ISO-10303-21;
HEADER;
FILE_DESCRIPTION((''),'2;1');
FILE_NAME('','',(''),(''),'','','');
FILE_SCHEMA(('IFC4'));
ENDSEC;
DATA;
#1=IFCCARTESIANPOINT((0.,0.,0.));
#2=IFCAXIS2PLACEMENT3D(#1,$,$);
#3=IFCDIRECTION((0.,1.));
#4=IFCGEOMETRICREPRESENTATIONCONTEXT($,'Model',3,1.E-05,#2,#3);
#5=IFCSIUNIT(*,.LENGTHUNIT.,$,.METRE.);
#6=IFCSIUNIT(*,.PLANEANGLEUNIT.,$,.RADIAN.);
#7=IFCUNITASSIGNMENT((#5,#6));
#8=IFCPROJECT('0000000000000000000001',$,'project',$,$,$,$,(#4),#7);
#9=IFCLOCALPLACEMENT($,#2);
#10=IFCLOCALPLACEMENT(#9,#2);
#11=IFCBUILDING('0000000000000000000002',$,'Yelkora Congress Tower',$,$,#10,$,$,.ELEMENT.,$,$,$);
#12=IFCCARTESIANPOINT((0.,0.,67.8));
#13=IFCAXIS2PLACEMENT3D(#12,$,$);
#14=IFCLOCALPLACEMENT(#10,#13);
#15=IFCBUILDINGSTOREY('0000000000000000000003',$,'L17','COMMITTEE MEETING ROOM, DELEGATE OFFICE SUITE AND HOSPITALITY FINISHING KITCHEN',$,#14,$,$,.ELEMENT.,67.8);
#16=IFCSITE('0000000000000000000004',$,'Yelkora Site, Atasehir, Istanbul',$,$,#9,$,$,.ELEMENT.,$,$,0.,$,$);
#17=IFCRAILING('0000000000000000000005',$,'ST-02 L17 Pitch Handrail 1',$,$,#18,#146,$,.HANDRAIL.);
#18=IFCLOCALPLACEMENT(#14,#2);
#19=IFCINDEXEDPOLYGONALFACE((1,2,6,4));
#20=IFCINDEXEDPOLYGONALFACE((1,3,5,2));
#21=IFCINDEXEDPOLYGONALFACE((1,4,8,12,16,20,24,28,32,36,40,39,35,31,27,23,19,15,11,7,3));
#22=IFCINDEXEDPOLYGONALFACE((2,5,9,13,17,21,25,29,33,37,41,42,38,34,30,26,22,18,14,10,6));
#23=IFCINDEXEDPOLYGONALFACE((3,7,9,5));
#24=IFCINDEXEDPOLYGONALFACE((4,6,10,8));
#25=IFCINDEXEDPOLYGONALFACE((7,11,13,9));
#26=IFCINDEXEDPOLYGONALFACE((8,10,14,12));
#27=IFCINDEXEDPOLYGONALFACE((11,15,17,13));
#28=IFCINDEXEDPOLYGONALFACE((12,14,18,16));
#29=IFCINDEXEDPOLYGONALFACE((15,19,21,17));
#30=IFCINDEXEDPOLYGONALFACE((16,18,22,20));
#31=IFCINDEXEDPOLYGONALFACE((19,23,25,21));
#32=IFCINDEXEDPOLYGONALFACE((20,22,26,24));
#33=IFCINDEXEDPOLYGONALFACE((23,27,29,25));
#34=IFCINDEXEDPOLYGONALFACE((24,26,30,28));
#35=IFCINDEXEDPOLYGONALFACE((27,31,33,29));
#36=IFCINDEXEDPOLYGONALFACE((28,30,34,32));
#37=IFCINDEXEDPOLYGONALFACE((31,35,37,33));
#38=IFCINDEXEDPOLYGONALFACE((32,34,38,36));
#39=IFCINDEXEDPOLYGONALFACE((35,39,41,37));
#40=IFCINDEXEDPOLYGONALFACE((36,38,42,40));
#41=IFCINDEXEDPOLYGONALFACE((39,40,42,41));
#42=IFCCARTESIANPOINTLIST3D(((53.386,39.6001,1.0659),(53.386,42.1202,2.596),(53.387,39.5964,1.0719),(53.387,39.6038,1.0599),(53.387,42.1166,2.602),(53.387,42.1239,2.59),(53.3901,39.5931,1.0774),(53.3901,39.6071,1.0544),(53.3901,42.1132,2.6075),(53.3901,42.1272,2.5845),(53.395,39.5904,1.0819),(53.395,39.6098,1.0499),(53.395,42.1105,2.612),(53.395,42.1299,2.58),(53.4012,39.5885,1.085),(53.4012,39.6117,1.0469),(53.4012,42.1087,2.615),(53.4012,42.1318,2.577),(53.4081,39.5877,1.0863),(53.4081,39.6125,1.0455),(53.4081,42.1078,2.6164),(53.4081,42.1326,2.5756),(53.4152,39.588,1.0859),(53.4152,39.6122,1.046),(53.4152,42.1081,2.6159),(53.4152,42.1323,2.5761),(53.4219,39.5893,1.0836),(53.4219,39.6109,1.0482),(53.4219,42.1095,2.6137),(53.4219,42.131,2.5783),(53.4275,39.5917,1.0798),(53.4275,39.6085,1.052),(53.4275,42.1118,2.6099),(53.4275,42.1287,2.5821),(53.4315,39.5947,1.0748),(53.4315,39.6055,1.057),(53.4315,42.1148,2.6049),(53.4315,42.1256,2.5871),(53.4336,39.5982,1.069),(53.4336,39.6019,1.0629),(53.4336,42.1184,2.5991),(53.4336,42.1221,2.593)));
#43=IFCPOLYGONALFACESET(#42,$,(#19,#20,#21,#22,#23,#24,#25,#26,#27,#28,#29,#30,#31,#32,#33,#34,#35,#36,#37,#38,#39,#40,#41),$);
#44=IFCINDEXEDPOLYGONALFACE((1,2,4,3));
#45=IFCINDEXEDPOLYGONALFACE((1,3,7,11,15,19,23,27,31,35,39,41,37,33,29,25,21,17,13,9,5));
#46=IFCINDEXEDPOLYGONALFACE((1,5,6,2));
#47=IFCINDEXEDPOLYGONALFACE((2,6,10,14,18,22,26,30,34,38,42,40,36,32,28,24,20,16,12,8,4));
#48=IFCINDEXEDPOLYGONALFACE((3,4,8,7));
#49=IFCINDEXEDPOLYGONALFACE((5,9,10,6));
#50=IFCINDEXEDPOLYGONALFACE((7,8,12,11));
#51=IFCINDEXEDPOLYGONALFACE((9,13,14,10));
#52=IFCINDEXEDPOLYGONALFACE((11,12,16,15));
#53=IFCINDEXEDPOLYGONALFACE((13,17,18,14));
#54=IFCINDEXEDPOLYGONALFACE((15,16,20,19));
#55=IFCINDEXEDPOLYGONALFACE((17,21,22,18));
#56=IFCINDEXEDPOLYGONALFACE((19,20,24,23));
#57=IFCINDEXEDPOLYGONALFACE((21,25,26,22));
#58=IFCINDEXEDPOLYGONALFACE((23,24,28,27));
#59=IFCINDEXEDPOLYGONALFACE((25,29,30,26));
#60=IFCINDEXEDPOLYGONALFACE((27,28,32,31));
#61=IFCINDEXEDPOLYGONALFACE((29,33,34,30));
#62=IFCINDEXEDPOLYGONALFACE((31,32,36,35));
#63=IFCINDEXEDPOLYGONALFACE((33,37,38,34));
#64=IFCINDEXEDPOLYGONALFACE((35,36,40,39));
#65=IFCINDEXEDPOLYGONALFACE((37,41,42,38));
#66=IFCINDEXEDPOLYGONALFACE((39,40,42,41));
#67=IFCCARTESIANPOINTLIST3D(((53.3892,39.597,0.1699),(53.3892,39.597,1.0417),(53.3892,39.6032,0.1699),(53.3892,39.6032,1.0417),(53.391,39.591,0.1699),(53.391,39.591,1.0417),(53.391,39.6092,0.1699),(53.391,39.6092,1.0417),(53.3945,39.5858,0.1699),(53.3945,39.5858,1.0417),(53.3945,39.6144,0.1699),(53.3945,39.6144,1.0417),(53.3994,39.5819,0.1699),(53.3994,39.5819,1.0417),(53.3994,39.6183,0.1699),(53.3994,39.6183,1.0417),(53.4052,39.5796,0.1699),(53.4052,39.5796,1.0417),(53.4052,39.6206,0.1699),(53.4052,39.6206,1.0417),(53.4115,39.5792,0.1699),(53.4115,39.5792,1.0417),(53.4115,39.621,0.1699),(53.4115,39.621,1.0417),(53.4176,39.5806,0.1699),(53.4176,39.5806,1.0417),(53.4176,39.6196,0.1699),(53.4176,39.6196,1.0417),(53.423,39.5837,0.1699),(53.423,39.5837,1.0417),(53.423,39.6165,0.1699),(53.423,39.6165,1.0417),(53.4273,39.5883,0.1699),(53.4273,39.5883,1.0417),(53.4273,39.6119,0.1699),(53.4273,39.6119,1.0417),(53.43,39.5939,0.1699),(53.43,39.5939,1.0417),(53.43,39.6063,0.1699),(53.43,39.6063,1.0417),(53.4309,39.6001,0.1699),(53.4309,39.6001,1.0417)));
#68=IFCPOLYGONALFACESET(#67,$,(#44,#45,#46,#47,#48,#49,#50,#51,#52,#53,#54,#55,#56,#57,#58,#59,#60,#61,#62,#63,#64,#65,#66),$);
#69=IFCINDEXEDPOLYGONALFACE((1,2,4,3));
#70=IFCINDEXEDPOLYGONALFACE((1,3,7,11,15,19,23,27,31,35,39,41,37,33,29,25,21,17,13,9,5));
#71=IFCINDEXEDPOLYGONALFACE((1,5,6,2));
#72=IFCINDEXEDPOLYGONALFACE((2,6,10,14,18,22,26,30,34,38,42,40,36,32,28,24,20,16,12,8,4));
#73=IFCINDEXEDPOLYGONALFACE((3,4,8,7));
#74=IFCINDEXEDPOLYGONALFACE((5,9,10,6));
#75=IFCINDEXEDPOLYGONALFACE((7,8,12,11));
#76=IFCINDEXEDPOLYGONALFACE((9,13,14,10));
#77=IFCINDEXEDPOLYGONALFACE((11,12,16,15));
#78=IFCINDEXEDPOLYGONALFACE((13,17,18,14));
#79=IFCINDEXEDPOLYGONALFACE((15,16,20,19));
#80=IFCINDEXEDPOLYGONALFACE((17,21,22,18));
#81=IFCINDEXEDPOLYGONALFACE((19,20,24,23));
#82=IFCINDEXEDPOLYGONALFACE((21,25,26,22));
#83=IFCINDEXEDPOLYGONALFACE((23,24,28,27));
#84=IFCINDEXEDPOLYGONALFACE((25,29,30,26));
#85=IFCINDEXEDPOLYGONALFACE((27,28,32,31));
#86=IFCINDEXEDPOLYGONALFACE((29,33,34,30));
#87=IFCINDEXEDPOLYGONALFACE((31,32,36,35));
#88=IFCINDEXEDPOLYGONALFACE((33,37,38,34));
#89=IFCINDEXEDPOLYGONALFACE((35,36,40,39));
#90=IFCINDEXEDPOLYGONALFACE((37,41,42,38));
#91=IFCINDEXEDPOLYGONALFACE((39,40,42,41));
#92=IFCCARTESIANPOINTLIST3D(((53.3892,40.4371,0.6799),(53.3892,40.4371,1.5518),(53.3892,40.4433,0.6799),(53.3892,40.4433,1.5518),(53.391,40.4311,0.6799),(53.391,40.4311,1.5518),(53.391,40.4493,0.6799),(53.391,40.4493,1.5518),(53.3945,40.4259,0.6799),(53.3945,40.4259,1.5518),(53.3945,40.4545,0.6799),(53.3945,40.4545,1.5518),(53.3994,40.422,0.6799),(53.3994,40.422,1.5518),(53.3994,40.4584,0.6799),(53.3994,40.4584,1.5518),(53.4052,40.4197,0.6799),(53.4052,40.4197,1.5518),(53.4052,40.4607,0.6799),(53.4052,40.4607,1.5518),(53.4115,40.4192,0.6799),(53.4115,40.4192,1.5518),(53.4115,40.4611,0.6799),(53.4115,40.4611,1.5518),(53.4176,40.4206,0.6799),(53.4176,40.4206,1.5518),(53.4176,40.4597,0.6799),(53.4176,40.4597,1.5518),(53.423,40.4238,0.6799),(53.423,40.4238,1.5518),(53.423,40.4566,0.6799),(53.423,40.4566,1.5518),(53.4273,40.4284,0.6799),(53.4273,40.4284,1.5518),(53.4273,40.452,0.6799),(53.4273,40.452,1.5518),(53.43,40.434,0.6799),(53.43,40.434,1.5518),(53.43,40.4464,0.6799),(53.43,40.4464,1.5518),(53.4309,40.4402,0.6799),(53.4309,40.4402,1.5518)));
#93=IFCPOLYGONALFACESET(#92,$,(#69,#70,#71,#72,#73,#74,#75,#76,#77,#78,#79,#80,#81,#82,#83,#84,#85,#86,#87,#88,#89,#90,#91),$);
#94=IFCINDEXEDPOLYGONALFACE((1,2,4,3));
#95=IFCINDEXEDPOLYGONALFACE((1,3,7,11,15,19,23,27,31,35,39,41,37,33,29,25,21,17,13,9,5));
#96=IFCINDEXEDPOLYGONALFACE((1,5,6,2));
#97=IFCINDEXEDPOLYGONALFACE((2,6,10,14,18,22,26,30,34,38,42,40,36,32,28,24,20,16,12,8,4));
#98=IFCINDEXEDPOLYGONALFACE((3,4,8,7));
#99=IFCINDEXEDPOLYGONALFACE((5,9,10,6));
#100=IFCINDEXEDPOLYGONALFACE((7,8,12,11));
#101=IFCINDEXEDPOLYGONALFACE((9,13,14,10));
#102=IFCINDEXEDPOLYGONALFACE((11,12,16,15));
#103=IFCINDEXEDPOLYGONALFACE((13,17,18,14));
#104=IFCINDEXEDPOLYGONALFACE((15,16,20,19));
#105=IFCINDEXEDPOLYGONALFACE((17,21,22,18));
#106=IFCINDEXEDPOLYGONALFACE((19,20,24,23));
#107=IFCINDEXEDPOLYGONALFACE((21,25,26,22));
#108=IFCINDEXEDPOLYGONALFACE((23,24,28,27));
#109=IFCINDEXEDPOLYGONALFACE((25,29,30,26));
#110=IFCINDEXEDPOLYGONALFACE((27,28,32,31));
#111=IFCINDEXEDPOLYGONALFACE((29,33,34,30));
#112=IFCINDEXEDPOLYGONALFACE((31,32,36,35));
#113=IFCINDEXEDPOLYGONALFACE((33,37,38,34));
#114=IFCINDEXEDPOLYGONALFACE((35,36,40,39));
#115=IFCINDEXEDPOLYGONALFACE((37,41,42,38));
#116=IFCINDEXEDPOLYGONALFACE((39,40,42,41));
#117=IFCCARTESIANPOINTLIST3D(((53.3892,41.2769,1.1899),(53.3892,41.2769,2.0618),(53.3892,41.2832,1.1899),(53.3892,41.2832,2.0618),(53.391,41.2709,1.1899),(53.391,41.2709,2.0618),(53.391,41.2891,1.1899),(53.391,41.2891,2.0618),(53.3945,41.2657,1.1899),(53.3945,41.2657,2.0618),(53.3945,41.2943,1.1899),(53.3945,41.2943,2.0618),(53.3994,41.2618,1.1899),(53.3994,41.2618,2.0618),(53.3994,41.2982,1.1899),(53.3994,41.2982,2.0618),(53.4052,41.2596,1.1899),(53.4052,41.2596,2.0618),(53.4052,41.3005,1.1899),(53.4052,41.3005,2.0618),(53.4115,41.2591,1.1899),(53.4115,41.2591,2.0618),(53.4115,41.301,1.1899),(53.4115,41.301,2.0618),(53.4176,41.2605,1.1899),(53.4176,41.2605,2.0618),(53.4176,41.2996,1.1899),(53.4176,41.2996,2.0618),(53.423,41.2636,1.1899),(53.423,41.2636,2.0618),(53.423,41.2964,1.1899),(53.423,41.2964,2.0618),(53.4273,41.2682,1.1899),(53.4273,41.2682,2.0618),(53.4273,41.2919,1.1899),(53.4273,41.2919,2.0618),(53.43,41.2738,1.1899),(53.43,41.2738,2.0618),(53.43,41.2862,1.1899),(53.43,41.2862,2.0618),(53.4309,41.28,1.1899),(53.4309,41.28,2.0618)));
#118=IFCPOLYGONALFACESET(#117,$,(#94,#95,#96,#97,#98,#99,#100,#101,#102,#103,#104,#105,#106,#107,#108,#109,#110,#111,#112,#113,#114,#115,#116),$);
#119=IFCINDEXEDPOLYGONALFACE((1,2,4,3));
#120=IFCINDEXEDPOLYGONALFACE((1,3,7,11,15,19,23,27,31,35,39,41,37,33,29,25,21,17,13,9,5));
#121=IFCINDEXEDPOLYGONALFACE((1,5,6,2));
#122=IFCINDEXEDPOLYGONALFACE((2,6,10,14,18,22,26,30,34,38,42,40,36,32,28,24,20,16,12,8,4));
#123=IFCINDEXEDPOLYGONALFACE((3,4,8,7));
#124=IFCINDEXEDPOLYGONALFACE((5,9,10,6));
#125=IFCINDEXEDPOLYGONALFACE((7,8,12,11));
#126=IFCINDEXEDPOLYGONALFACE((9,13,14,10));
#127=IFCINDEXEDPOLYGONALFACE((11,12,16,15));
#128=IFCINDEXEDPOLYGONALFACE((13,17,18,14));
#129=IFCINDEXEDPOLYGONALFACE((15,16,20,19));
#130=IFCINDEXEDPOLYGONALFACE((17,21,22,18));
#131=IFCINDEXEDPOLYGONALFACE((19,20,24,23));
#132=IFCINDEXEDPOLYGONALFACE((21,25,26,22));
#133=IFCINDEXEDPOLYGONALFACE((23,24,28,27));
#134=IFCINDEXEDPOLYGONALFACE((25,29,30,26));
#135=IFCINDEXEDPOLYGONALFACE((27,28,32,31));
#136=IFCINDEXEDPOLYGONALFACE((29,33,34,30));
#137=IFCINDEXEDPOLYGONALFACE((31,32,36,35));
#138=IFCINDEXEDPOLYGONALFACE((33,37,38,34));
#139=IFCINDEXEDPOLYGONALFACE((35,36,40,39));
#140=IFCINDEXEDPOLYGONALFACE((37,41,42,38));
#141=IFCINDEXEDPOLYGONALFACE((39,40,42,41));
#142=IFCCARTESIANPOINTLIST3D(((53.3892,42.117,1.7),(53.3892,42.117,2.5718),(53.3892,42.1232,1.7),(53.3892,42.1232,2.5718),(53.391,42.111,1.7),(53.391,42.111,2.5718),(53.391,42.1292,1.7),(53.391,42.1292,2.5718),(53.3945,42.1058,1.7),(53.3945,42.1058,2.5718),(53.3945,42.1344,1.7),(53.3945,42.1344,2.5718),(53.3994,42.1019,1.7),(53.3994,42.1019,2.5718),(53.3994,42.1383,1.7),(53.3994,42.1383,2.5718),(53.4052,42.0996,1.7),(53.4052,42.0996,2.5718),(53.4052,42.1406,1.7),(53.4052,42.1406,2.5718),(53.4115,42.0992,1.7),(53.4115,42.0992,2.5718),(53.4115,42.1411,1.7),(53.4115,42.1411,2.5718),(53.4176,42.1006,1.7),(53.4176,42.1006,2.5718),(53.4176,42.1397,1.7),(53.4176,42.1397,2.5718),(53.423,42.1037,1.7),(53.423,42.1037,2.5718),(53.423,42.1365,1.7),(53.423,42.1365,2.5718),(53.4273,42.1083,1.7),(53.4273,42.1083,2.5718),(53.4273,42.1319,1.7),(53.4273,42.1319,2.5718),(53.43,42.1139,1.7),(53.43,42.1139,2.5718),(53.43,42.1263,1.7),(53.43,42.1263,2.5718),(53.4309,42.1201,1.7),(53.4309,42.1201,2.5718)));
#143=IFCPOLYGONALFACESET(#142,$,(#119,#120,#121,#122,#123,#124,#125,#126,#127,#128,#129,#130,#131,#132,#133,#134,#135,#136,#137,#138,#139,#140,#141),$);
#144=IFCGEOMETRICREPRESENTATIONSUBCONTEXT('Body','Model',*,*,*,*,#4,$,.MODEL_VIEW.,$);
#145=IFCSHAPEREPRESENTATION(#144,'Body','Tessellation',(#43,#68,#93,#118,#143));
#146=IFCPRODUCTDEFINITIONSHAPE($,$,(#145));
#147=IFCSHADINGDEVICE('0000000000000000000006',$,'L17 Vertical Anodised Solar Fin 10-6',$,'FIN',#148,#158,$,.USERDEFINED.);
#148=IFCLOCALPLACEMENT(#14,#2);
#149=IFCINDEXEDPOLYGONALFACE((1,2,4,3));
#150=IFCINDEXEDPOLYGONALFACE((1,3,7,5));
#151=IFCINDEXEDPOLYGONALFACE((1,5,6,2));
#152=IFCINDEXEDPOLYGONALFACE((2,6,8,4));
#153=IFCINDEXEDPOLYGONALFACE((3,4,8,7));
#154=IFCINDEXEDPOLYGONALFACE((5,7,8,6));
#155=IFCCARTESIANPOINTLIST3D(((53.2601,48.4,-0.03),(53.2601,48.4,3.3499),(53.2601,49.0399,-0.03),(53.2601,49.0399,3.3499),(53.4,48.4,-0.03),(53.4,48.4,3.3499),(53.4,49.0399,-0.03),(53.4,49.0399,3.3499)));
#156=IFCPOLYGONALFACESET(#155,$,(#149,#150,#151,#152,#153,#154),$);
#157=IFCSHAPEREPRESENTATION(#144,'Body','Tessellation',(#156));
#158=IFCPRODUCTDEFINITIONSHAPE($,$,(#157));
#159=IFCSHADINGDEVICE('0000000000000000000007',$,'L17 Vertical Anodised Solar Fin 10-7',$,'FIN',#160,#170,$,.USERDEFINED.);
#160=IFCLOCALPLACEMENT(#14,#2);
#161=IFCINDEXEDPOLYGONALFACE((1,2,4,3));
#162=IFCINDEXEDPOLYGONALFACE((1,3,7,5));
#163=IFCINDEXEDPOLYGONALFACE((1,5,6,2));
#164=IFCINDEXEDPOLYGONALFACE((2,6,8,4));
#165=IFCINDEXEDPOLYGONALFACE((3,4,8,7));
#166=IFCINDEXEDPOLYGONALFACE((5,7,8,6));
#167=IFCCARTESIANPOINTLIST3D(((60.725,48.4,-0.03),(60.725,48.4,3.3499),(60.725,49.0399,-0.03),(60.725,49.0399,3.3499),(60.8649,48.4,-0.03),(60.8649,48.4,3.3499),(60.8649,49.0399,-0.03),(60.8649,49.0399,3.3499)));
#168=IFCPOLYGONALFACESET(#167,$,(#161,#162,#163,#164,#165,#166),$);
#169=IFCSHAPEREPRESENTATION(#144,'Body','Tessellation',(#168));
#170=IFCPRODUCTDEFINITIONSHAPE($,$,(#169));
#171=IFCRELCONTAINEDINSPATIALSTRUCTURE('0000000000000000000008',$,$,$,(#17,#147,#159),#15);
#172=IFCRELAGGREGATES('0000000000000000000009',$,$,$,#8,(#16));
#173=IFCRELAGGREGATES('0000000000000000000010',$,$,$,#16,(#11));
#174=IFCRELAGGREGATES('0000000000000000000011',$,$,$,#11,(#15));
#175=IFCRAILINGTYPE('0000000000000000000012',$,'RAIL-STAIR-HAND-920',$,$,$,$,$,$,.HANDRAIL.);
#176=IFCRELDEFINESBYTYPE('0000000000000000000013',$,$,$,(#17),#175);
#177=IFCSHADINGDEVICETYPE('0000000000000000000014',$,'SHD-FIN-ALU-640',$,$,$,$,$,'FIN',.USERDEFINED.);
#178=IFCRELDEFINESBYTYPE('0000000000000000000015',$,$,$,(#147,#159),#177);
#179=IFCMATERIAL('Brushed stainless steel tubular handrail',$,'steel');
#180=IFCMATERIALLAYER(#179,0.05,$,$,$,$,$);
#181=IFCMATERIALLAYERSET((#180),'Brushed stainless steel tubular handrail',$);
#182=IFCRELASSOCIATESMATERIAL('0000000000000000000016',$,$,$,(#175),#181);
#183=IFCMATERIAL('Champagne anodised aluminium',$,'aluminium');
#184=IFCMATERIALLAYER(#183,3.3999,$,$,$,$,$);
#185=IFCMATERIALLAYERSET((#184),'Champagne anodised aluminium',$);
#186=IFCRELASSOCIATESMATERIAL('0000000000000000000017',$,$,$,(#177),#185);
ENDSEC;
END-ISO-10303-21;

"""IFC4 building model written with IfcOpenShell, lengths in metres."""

from ifc_helpers import new_model, si_unit, direction, frame, origin, origin_2d, place, context, subcontext, project, spatial, rectangle, circle, extrude, material, layer, layer_set, type_object, element, save


model = new_model("IFC4")

# Units and contexts
model_context = context("Model", 3, precision=1e-05, world=origin(), true_north=direction((0.0, 1.0)))
body_context = subcontext(model_context, "Body", "Model", "MODEL_VIEW")
ifc_project = project(units=[si_unit("LENGTHUNIT", "METRE"), si_unit("PLANEANGLEUNIT", "RADIAN")], contexts=[model_context])

# Site, building, storey
site_placement = place(None, origin())
site = spatial("IfcSite", under=ifc_project, at=site_placement, Name="Yelkora Site, Atasehir, Istanbul", CompositionType="ELEMENT", RefElevation=0.0)
building_placement = place(site_placement, origin())
building = spatial("IfcBuilding", under=site, at=building_placement, Name="Yelkora Congress Tower", CompositionType="ELEMENT")
storey_placement = place(building_placement, frame((0.0, 0.0, 67.8)))
storey = spatial("IfcBuildingStorey", under=building, at=storey_placement, Name="L17", Description="COMMITTEE MEETING ROOM, DELEGATE OFFICE SUITE AND HOSPITALITY FINISHING KITCHEN", CompositionType="ELEMENT", Elevation=67.8)

# Railing
ifc_material_1 = material(Name="Brushed stainless steel tubular handrail", Category="steel")
ifc_layer_1 = layer(ifc_material_1, 0.05)
ifc_layer_set_1 = layer_set([ifc_layer_1], Name="Brushed stainless steel tubular handrail")
railing_type_1 = type_object("IfcRailingType", Name="RAIL-STAIR-HAND-920", PredefinedType="HANDRAIL", material=ifc_layer_set_1)
railing_1_placement = place(storey_placement, frame((53.4099, 39.6001, 0.1699)))
element("IfcRailing", 1, at=railing_1_placement, inside=storey, type_object=railing_type_1, Name="ST-02 L17 Pitch Handrail 1", PredefinedType="HANDRAIL", context=body_context, shape_type="SweptSolid", body=[
    extrude(circle(Radius=0.0239, at=origin_2d()), frame((0.0, 0.0, 0.896), z_axis=(0.0, 0.854785, 0.518982), x_axis=(-1.0, 0.0, 0.0)), (0.0, 0.0, 1.0), 2.9482),
    extrude(circle(Radius=0.021, at=origin_2d()), origin(), (0.0, 0.0, 1.0), 0.8718),
    extrude(circle(Radius=0.021, at=origin_2d()), frame((0.0, 0.8401, 0.51)), (0.0, 0.0, 1.0), 0.8718),
    extrude(circle(Radius=0.021, at=origin_2d()), frame((0.0, 1.6799, 1.02)), (0.0, 0.0, 1.0), 0.8718),
    extrude(circle(Radius=0.021, at=origin_2d()), frame((0.0, 2.52, 1.53)), (0.0, 0.0, 1.0), 0.8718),
])

# Shading devices
ifc_material_2 = material(Name="Champagne anodised aluminium", Category="aluminium")
ifc_layer_2 = layer(ifc_material_2, 3.3999)
ifc_layer_set_2 = layer_set([ifc_layer_2], Name="Champagne anodised aluminium")
shading_device_type = type_object("IfcShadingDeviceType", Name="SHD-FIN-ALU-640", ElementType="FIN", PredefinedType="USERDEFINED", material=ifc_layer_set_2)
for number, where, z_axis, x_axis, name in (
    (2, (53.3301, 48.72, -0.03), (0.0, 0.0, 1.0), (1.0, 0.0, 0.0), "L17 Vertical Anodised Solar Fin 10-6"),
    (3, (60.7949, 48.72, -0.03), (0.0, 0.0, 1.0), (1.0, 0.0, 0.0), "L17 Vertical Anodised Solar Fin 10-7"),
):
    element("IfcShadingDevice", number, at=place(storey_placement, frame(where, z_axis=z_axis, x_axis=x_axis)), inside=storey, type_object=shading_device_type, Name=name, ObjectType="FIN", PredefinedType="USERDEFINED", context=body_context, shape_type="SweptSolid", body=[
        extrude(rectangle(XDim=0.1399, YDim=0.6399, at=origin_2d()), origin(), (0.0, 0.0, 1.0), 3.3799),
    ])

save(model, "model.ifc")
